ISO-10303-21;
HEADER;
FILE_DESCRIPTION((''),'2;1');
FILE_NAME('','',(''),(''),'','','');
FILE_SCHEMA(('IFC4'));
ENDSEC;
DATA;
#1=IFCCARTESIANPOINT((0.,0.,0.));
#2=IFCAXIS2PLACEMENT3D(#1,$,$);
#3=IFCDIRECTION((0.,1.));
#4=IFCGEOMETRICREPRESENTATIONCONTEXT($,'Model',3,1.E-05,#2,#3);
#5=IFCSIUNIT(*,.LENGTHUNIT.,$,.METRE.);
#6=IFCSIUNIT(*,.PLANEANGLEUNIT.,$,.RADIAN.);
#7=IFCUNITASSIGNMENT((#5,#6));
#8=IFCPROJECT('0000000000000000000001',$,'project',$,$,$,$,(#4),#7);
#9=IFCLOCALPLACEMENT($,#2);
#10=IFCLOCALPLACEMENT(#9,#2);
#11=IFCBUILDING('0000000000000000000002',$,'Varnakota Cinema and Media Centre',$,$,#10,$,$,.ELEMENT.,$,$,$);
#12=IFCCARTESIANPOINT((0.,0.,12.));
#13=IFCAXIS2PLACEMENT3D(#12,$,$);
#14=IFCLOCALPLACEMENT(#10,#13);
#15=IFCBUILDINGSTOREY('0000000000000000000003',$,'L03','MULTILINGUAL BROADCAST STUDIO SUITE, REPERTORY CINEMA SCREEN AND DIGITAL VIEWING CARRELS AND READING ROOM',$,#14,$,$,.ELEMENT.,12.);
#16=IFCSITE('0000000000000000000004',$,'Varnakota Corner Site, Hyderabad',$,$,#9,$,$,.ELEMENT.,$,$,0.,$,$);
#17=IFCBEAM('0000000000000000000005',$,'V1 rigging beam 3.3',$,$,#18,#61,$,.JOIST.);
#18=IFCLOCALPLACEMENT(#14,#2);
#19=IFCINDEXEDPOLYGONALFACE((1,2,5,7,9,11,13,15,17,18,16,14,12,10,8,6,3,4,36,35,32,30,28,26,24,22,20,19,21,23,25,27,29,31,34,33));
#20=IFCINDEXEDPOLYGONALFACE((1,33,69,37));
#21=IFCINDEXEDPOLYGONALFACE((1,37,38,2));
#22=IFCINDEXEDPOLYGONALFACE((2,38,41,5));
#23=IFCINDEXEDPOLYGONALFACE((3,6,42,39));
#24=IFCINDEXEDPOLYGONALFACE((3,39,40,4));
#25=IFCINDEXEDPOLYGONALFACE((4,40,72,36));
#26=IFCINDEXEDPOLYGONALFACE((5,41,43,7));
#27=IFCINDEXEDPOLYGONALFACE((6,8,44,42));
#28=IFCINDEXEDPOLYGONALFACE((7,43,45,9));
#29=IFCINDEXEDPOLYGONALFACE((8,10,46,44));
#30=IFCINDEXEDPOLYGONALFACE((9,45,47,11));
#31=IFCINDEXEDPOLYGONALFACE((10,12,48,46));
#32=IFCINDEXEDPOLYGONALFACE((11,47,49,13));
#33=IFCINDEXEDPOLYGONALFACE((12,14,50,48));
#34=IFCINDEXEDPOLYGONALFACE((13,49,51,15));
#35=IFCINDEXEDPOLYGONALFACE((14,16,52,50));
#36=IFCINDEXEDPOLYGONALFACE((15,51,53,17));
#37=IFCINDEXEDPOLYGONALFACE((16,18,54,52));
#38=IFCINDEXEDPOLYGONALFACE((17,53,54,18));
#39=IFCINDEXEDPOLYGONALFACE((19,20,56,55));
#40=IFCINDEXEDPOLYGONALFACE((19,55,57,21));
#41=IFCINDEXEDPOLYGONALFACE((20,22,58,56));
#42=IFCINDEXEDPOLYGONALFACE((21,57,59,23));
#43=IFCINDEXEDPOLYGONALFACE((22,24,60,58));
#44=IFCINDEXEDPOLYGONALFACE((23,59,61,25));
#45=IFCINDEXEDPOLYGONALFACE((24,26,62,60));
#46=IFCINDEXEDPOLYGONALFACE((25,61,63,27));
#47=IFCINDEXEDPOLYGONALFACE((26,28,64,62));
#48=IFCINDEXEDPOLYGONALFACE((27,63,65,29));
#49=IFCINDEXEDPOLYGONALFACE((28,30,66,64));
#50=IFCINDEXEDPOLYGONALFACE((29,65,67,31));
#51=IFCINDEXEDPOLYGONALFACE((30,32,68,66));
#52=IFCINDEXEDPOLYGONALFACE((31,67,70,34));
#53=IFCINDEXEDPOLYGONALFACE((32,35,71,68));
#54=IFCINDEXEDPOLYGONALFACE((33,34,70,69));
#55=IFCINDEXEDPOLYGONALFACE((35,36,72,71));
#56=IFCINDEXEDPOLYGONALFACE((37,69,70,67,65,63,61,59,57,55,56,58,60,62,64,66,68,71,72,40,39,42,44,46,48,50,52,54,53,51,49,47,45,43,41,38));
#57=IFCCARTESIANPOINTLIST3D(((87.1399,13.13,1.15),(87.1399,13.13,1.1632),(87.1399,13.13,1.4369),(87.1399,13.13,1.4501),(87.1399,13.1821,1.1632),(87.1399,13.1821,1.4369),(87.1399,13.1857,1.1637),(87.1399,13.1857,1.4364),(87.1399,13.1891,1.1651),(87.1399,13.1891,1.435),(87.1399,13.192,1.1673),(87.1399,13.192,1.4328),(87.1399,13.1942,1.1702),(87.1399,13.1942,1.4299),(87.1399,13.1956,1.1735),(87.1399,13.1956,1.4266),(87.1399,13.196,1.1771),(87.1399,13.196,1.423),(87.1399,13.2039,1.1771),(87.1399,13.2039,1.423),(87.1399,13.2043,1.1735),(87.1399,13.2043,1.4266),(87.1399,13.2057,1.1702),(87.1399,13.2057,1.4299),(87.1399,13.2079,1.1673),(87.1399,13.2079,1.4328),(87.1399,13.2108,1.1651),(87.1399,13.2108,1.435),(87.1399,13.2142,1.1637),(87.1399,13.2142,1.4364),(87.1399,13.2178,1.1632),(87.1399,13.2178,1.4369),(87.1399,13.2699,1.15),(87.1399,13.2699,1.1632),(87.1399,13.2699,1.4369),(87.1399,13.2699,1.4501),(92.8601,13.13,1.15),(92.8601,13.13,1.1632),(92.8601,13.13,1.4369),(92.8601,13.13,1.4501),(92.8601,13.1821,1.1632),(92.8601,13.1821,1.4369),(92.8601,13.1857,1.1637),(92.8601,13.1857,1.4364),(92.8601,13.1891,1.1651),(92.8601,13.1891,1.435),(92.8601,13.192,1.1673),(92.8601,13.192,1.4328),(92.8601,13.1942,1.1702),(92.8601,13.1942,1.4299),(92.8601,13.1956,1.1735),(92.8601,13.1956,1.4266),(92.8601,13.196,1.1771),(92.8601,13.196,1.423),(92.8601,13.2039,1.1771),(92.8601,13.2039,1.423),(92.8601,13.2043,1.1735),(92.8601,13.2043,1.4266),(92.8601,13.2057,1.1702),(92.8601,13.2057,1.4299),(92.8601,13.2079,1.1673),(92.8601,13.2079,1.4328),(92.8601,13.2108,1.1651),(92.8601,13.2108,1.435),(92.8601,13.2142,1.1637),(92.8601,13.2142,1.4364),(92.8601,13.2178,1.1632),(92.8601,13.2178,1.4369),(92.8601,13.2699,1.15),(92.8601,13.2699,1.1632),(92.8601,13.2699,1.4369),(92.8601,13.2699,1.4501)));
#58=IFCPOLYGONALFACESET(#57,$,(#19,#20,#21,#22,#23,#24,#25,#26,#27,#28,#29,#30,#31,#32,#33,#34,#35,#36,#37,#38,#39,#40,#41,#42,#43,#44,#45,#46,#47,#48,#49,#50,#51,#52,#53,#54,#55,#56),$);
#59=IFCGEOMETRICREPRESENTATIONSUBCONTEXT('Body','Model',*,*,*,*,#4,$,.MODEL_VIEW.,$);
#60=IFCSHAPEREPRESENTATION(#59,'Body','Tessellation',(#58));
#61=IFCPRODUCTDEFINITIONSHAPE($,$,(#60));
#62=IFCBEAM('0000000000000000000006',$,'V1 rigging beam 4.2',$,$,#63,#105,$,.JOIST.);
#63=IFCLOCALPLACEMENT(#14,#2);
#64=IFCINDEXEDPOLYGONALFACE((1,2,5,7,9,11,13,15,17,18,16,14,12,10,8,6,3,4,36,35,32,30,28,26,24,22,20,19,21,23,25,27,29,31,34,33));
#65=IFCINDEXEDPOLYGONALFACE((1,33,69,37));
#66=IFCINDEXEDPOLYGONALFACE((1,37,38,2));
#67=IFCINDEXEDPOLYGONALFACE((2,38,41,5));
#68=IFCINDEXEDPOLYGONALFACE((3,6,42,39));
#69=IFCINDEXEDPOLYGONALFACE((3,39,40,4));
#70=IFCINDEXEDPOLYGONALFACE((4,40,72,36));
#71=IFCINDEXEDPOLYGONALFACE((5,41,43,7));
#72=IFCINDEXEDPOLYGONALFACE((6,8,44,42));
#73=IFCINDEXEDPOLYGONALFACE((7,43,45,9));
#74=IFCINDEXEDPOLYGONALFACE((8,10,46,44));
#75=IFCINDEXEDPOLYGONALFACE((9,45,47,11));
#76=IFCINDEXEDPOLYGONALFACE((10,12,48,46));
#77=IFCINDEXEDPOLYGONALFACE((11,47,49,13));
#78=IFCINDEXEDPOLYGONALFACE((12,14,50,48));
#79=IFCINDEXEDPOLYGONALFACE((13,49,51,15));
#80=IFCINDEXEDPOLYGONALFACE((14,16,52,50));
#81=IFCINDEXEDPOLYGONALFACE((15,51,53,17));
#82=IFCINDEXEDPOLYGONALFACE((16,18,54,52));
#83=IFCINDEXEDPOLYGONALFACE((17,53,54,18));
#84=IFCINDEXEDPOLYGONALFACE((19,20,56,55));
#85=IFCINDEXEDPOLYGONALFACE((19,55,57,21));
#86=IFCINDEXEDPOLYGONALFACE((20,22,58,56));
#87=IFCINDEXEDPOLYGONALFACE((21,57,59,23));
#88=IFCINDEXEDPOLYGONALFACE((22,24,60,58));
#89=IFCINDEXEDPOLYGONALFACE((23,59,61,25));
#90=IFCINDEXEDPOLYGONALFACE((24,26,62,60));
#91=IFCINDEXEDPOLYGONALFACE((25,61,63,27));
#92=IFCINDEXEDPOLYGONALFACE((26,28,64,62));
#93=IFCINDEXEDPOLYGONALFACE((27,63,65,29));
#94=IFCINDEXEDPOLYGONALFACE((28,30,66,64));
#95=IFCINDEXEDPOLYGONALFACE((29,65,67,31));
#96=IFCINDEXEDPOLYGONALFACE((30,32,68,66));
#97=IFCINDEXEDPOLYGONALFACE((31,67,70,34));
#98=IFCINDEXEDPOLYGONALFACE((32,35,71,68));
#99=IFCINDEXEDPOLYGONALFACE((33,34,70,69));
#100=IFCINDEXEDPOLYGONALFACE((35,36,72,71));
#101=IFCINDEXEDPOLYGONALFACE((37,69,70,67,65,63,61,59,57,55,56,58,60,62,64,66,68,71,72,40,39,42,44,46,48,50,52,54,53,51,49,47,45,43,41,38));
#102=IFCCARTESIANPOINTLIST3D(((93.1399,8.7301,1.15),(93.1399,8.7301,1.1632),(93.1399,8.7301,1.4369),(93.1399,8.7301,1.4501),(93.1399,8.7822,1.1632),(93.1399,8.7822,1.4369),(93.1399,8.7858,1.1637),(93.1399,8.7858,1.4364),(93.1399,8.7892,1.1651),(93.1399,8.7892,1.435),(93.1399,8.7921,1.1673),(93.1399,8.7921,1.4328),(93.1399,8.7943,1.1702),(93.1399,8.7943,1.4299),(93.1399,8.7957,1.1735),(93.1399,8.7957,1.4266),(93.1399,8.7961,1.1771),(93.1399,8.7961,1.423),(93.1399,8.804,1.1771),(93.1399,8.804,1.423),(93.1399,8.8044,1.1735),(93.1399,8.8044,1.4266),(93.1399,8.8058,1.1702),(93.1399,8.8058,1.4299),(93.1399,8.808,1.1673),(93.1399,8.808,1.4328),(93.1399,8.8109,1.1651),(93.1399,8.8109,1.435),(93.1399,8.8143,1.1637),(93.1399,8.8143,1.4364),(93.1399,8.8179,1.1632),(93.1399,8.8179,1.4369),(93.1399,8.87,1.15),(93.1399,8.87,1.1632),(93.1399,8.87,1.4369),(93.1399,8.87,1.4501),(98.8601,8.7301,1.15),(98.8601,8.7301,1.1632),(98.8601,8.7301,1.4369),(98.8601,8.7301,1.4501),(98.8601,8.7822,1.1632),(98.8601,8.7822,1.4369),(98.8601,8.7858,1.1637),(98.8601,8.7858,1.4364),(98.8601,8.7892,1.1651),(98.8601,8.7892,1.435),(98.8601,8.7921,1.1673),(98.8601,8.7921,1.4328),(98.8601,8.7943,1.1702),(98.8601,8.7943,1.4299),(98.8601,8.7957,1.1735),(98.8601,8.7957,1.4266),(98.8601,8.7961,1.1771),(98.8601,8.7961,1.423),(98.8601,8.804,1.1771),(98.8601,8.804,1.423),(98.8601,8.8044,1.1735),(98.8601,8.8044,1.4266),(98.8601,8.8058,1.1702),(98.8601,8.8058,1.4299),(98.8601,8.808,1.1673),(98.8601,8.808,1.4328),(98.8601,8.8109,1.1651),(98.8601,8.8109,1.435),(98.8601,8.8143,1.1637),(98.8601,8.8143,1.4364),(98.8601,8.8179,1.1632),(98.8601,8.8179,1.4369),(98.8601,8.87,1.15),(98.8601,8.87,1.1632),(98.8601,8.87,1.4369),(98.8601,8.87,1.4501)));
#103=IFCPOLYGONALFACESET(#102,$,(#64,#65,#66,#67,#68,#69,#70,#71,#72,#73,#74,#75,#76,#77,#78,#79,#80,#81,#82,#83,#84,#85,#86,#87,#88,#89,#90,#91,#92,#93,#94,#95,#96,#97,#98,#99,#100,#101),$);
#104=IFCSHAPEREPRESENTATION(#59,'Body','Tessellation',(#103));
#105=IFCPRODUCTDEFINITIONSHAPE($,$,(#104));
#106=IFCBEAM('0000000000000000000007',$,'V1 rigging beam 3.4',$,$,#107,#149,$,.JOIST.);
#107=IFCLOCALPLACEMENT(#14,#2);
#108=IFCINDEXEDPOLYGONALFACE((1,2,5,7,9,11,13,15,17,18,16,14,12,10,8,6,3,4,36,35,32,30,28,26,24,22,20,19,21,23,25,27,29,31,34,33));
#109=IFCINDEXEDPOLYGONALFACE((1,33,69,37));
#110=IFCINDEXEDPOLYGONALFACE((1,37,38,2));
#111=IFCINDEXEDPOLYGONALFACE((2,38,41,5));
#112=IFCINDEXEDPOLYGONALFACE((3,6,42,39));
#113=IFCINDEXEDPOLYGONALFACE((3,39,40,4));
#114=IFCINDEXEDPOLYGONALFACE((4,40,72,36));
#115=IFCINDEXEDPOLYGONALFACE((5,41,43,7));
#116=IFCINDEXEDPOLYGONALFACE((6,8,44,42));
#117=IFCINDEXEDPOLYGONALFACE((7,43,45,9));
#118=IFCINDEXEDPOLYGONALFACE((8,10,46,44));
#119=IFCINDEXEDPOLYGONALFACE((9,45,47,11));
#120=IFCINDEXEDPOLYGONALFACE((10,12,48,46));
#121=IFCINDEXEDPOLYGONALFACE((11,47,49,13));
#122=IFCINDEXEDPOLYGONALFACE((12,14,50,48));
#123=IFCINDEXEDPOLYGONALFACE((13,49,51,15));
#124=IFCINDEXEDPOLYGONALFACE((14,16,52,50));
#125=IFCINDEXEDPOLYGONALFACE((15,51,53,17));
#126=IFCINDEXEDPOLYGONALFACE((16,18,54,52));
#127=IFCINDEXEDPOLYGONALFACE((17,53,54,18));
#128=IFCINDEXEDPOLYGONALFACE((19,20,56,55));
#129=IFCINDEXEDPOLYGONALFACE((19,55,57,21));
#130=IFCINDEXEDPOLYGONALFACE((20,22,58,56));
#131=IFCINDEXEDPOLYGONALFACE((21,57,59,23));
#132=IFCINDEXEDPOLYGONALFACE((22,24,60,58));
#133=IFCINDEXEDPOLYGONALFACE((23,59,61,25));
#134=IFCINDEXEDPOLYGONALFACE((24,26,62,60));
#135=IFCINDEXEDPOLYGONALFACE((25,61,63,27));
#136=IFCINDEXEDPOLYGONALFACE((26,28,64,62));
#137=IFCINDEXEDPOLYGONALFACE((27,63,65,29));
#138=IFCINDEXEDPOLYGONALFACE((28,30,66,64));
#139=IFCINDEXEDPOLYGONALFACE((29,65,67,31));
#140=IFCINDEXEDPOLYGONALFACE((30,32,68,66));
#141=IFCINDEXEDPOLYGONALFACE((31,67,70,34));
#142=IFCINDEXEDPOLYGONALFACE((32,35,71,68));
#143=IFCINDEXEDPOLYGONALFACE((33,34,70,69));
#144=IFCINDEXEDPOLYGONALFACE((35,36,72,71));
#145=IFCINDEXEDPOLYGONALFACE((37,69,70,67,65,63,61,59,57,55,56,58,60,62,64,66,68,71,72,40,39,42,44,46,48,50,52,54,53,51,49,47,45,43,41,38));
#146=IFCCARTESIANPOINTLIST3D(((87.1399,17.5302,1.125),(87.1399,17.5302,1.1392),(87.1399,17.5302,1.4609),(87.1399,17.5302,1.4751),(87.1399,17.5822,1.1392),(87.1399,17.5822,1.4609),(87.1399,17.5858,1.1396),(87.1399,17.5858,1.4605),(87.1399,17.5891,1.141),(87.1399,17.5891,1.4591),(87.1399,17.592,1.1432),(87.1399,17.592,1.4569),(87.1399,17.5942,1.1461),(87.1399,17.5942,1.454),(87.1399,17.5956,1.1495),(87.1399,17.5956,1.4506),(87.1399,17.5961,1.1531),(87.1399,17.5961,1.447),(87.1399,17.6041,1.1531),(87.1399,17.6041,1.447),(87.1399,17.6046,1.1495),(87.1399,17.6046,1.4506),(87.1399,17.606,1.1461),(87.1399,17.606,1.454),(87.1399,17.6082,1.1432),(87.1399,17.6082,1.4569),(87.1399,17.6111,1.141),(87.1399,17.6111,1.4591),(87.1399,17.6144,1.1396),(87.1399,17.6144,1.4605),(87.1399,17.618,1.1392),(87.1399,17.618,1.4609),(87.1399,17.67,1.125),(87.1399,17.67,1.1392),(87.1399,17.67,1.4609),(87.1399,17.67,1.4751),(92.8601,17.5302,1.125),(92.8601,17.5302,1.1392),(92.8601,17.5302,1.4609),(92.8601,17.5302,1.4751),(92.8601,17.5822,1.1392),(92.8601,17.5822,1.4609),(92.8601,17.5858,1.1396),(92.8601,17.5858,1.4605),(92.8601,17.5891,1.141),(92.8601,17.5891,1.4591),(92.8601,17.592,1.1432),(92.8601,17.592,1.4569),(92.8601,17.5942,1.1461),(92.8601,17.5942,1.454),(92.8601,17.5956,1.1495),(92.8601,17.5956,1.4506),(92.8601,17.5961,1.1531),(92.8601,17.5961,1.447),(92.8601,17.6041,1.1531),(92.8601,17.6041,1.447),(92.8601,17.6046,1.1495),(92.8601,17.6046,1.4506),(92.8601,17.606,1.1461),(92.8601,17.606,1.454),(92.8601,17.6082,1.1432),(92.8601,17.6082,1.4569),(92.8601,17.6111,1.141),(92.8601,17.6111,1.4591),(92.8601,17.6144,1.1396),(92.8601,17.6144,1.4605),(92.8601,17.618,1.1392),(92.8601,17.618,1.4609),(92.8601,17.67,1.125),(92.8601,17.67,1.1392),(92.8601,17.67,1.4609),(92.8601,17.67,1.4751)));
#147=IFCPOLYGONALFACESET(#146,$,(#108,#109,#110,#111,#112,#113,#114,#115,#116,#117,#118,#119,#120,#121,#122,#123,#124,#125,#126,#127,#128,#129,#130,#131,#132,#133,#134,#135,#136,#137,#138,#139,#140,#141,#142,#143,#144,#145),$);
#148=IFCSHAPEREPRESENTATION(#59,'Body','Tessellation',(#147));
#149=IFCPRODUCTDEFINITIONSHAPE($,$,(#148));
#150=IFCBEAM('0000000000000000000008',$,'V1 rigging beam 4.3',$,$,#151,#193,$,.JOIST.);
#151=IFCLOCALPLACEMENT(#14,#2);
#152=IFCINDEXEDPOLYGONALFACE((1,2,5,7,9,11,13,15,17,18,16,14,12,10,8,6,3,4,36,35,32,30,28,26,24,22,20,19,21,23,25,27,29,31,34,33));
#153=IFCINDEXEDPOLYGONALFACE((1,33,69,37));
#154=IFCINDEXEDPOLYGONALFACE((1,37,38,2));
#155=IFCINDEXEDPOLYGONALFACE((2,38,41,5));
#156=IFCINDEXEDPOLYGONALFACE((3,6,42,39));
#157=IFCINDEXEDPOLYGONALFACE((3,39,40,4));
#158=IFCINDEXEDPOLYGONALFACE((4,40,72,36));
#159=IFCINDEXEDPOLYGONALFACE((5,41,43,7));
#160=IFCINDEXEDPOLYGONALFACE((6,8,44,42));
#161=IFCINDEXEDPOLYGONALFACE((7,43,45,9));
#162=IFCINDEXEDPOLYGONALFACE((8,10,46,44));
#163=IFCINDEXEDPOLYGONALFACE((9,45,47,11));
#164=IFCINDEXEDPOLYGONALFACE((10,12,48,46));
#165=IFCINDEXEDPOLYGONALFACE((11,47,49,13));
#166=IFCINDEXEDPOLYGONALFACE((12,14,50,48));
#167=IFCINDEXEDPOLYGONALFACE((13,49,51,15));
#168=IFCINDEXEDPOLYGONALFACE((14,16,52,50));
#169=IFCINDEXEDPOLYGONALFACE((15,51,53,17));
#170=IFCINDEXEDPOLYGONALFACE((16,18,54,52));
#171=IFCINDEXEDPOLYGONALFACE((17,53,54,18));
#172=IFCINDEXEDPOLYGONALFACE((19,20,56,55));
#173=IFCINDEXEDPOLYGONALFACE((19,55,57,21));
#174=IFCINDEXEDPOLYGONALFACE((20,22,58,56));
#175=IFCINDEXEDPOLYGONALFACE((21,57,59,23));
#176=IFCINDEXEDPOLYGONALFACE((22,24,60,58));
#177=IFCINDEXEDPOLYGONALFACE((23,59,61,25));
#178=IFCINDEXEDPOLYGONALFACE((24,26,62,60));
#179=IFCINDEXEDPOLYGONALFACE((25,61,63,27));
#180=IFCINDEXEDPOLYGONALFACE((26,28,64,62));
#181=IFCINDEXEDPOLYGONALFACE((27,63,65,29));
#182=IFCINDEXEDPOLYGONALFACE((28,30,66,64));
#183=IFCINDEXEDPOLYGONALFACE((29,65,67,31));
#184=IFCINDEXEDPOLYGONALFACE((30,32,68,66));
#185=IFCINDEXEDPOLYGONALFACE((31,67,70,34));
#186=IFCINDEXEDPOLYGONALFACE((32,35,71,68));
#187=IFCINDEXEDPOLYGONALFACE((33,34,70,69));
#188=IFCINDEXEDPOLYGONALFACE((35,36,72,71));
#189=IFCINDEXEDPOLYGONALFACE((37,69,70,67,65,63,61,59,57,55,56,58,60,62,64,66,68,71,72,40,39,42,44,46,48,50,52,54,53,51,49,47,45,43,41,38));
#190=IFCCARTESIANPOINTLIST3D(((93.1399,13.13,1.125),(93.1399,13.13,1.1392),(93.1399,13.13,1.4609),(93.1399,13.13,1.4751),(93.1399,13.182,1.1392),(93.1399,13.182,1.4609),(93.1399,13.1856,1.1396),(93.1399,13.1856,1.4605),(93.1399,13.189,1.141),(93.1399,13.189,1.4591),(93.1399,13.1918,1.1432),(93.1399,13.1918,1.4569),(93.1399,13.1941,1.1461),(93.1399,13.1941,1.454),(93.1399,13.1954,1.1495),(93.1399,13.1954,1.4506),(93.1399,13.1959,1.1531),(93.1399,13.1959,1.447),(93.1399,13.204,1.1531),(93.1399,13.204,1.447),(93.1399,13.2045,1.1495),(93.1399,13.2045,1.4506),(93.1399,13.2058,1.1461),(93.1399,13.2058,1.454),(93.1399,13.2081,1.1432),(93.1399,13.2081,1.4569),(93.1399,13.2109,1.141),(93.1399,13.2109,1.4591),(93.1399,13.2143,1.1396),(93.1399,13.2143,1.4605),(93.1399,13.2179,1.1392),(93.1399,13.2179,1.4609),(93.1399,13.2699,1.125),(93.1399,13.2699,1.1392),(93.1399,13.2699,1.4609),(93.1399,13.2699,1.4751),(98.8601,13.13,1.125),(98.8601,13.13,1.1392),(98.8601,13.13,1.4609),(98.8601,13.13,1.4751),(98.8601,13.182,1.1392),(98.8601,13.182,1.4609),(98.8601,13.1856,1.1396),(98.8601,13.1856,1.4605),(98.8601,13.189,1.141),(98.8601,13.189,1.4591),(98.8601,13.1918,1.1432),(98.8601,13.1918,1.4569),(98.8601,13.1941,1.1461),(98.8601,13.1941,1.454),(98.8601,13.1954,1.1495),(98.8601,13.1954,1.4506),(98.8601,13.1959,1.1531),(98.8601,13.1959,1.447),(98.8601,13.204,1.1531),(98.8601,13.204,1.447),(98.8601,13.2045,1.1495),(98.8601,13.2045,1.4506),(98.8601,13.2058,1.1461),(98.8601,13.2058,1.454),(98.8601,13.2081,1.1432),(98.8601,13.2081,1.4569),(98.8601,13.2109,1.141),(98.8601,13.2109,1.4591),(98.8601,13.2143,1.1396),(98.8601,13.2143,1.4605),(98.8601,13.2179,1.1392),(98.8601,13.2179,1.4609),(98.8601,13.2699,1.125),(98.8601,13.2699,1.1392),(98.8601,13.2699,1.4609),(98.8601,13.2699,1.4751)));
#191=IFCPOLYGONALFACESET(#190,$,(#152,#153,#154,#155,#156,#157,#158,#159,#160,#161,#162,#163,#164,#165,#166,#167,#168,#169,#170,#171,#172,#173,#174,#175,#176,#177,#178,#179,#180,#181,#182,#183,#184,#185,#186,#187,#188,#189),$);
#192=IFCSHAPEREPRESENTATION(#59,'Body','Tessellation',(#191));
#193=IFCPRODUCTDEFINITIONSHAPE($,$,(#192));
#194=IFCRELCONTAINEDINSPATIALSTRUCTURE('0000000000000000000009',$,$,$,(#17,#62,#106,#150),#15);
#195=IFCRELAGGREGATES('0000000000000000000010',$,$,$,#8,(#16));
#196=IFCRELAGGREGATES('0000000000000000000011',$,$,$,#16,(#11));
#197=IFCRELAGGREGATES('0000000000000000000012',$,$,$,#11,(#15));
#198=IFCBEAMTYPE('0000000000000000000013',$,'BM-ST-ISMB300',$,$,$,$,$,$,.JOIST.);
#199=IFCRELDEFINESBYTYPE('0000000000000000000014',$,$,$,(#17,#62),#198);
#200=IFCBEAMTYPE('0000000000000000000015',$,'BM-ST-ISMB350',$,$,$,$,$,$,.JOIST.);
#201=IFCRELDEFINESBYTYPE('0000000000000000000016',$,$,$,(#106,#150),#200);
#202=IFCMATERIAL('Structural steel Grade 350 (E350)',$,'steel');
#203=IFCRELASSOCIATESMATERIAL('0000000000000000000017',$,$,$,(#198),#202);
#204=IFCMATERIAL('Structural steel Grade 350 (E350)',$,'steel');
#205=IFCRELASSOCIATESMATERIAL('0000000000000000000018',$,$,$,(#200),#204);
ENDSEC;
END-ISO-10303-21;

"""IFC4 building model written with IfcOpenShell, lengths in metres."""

from ifc_helpers import new_model, si_unit, direction, frame, origin, origin_2d, place, context, subcontext, project, spatial, i_section, extrude, material, material_profile, profile_set, type_object, element, save


model = new_model("IFC4")

# Units and contexts
model_context = context("Model", 3, precision=1e-05, world=origin(), true_north=direction((0.0, 1.0)))
body_context = subcontext(model_context, "Body", "Model", "MODEL_VIEW")
ifc_project = project(units=[si_unit("LENGTHUNIT", "METRE"), si_unit("PLANEANGLEUNIT", "RADIAN")], contexts=[model_context])

# Site, building, storey
site_placement = place(None, origin())
site = spatial("IfcSite", under=ifc_project, at=site_placement, Name="Varnakota Corner Site, Hyderabad", CompositionType="ELEMENT", RefElevation=0.0)
building_placement = place(site_placement, origin())
building = spatial("IfcBuilding", under=site, at=building_placement, Name="Varnakota Cinema and Media Centre", CompositionType="ELEMENT")
storey_placement = place(building_placement, frame((0.0, 0.0, 12.0)))
storey = spatial("IfcBuildingStorey", under=building, at=storey_placement, Name="L03", Description="MULTILINGUAL BROADCAST STUDIO SUITE, REPERTORY CINEMA SCREEN AND DIGITAL VIEWING CARRELS AND READING ROOM", CompositionType="ELEMENT", Elevation=12.0)

# Beams
ifc_material_1 = material(Name="Structural steel Grade 350 (E350)", Category="steel")
ifc_material_profile_1 = material_profile(ifc_material_1, i_section(OverallWidth=0.1399, OverallDepth=0.3, WebThickness=0.0078, FlangeThickness=0.0132, FilletRadius=0.0139, at=origin_2d()), Name="ISMB 300")
ifc_profile_set_1 = profile_set([ifc_material_profile_1], Name="Structural steel Grade 350 (E350)")
beam_type_1 = type_object("IfcBeamType", Name="BM-ST-ISMB300", PredefinedType="JOIST", material=ifc_profile_set_1)
for number, where, z_axis, x_axis, name in (
    (1, (87.1399, 13.2, 1.3), (1.0, 0.0, 0.0), (0.0, 1.0, 0.0), "V1 rigging beam 3.3"),
    (2, (93.1399, 8.8, 1.3), (1.0, 0.0, 0.0), (0.0, 1.0, 0.0), "V1 rigging beam 4.2"),
):
    element("IfcBeam", number, at=place(storey_placement, frame(where, z_axis=z_axis, x_axis=x_axis)), inside=storey, type_object=beam_type_1, Name=name, PredefinedType="JOIST", context=body_context, shape_type="SweptSolid", body=[
        extrude(i_section(OverallWidth=0.1399, OverallDepth=0.3, WebThickness=0.0078, FlangeThickness=0.0132, FilletRadius=0.0139, at=origin_2d()), origin(), (0.0, 0.0, 1.0), 5.7202),
    ])
ifc_material_2 = material(Name="Structural steel Grade 350 (E350)", Category="steel")
ifc_material_profile_2 = material_profile(ifc_material_2, i_section(OverallWidth=0.1399, OverallDepth=0.3501, WebThickness=0.0081, FlangeThickness=0.0142, FilletRadius=0.0139, at=origin_2d()), Name="ISMB 350")
ifc_profile_set_2 = profile_set([ifc_material_profile_2], Name="Structural steel Grade 350 (E350)")
beam_type_2 = type_object("IfcBeamType", Name="BM-ST-ISMB350", PredefinedType="JOIST", material=ifc_profile_set_2)
for number, where, z_axis, x_axis, name in (
    (3, (87.1399, 17.6001, 1.3), (1.0, 0.0, 0.0), (0.0, 1.0, 0.0), "V1 rigging beam 3.4"),
    (4, (93.1399, 13.2, 1.3), (1.0, 0.0, 0.0), (0.0, 1.0, 0.0), "V1 rigging beam 4.3"),
):
    element("IfcBeam", number, at=place(storey_placement, frame(where, z_axis=z_axis, x_axis=x_axis)), inside=storey, type_object=beam_type_2, Name=name, PredefinedType="JOIST", context=body_context, shape_type="SweptSolid", body=[
        extrude(i_section(OverallWidth=0.1399, OverallDepth=0.3501, WebThickness=0.0081, FlangeThickness=0.0142, FilletRadius=0.0139, at=origin_2d()), origin(), (0.0, 0.0, 1.0), 5.7202),
    ])

save(model, "model.ifc")
